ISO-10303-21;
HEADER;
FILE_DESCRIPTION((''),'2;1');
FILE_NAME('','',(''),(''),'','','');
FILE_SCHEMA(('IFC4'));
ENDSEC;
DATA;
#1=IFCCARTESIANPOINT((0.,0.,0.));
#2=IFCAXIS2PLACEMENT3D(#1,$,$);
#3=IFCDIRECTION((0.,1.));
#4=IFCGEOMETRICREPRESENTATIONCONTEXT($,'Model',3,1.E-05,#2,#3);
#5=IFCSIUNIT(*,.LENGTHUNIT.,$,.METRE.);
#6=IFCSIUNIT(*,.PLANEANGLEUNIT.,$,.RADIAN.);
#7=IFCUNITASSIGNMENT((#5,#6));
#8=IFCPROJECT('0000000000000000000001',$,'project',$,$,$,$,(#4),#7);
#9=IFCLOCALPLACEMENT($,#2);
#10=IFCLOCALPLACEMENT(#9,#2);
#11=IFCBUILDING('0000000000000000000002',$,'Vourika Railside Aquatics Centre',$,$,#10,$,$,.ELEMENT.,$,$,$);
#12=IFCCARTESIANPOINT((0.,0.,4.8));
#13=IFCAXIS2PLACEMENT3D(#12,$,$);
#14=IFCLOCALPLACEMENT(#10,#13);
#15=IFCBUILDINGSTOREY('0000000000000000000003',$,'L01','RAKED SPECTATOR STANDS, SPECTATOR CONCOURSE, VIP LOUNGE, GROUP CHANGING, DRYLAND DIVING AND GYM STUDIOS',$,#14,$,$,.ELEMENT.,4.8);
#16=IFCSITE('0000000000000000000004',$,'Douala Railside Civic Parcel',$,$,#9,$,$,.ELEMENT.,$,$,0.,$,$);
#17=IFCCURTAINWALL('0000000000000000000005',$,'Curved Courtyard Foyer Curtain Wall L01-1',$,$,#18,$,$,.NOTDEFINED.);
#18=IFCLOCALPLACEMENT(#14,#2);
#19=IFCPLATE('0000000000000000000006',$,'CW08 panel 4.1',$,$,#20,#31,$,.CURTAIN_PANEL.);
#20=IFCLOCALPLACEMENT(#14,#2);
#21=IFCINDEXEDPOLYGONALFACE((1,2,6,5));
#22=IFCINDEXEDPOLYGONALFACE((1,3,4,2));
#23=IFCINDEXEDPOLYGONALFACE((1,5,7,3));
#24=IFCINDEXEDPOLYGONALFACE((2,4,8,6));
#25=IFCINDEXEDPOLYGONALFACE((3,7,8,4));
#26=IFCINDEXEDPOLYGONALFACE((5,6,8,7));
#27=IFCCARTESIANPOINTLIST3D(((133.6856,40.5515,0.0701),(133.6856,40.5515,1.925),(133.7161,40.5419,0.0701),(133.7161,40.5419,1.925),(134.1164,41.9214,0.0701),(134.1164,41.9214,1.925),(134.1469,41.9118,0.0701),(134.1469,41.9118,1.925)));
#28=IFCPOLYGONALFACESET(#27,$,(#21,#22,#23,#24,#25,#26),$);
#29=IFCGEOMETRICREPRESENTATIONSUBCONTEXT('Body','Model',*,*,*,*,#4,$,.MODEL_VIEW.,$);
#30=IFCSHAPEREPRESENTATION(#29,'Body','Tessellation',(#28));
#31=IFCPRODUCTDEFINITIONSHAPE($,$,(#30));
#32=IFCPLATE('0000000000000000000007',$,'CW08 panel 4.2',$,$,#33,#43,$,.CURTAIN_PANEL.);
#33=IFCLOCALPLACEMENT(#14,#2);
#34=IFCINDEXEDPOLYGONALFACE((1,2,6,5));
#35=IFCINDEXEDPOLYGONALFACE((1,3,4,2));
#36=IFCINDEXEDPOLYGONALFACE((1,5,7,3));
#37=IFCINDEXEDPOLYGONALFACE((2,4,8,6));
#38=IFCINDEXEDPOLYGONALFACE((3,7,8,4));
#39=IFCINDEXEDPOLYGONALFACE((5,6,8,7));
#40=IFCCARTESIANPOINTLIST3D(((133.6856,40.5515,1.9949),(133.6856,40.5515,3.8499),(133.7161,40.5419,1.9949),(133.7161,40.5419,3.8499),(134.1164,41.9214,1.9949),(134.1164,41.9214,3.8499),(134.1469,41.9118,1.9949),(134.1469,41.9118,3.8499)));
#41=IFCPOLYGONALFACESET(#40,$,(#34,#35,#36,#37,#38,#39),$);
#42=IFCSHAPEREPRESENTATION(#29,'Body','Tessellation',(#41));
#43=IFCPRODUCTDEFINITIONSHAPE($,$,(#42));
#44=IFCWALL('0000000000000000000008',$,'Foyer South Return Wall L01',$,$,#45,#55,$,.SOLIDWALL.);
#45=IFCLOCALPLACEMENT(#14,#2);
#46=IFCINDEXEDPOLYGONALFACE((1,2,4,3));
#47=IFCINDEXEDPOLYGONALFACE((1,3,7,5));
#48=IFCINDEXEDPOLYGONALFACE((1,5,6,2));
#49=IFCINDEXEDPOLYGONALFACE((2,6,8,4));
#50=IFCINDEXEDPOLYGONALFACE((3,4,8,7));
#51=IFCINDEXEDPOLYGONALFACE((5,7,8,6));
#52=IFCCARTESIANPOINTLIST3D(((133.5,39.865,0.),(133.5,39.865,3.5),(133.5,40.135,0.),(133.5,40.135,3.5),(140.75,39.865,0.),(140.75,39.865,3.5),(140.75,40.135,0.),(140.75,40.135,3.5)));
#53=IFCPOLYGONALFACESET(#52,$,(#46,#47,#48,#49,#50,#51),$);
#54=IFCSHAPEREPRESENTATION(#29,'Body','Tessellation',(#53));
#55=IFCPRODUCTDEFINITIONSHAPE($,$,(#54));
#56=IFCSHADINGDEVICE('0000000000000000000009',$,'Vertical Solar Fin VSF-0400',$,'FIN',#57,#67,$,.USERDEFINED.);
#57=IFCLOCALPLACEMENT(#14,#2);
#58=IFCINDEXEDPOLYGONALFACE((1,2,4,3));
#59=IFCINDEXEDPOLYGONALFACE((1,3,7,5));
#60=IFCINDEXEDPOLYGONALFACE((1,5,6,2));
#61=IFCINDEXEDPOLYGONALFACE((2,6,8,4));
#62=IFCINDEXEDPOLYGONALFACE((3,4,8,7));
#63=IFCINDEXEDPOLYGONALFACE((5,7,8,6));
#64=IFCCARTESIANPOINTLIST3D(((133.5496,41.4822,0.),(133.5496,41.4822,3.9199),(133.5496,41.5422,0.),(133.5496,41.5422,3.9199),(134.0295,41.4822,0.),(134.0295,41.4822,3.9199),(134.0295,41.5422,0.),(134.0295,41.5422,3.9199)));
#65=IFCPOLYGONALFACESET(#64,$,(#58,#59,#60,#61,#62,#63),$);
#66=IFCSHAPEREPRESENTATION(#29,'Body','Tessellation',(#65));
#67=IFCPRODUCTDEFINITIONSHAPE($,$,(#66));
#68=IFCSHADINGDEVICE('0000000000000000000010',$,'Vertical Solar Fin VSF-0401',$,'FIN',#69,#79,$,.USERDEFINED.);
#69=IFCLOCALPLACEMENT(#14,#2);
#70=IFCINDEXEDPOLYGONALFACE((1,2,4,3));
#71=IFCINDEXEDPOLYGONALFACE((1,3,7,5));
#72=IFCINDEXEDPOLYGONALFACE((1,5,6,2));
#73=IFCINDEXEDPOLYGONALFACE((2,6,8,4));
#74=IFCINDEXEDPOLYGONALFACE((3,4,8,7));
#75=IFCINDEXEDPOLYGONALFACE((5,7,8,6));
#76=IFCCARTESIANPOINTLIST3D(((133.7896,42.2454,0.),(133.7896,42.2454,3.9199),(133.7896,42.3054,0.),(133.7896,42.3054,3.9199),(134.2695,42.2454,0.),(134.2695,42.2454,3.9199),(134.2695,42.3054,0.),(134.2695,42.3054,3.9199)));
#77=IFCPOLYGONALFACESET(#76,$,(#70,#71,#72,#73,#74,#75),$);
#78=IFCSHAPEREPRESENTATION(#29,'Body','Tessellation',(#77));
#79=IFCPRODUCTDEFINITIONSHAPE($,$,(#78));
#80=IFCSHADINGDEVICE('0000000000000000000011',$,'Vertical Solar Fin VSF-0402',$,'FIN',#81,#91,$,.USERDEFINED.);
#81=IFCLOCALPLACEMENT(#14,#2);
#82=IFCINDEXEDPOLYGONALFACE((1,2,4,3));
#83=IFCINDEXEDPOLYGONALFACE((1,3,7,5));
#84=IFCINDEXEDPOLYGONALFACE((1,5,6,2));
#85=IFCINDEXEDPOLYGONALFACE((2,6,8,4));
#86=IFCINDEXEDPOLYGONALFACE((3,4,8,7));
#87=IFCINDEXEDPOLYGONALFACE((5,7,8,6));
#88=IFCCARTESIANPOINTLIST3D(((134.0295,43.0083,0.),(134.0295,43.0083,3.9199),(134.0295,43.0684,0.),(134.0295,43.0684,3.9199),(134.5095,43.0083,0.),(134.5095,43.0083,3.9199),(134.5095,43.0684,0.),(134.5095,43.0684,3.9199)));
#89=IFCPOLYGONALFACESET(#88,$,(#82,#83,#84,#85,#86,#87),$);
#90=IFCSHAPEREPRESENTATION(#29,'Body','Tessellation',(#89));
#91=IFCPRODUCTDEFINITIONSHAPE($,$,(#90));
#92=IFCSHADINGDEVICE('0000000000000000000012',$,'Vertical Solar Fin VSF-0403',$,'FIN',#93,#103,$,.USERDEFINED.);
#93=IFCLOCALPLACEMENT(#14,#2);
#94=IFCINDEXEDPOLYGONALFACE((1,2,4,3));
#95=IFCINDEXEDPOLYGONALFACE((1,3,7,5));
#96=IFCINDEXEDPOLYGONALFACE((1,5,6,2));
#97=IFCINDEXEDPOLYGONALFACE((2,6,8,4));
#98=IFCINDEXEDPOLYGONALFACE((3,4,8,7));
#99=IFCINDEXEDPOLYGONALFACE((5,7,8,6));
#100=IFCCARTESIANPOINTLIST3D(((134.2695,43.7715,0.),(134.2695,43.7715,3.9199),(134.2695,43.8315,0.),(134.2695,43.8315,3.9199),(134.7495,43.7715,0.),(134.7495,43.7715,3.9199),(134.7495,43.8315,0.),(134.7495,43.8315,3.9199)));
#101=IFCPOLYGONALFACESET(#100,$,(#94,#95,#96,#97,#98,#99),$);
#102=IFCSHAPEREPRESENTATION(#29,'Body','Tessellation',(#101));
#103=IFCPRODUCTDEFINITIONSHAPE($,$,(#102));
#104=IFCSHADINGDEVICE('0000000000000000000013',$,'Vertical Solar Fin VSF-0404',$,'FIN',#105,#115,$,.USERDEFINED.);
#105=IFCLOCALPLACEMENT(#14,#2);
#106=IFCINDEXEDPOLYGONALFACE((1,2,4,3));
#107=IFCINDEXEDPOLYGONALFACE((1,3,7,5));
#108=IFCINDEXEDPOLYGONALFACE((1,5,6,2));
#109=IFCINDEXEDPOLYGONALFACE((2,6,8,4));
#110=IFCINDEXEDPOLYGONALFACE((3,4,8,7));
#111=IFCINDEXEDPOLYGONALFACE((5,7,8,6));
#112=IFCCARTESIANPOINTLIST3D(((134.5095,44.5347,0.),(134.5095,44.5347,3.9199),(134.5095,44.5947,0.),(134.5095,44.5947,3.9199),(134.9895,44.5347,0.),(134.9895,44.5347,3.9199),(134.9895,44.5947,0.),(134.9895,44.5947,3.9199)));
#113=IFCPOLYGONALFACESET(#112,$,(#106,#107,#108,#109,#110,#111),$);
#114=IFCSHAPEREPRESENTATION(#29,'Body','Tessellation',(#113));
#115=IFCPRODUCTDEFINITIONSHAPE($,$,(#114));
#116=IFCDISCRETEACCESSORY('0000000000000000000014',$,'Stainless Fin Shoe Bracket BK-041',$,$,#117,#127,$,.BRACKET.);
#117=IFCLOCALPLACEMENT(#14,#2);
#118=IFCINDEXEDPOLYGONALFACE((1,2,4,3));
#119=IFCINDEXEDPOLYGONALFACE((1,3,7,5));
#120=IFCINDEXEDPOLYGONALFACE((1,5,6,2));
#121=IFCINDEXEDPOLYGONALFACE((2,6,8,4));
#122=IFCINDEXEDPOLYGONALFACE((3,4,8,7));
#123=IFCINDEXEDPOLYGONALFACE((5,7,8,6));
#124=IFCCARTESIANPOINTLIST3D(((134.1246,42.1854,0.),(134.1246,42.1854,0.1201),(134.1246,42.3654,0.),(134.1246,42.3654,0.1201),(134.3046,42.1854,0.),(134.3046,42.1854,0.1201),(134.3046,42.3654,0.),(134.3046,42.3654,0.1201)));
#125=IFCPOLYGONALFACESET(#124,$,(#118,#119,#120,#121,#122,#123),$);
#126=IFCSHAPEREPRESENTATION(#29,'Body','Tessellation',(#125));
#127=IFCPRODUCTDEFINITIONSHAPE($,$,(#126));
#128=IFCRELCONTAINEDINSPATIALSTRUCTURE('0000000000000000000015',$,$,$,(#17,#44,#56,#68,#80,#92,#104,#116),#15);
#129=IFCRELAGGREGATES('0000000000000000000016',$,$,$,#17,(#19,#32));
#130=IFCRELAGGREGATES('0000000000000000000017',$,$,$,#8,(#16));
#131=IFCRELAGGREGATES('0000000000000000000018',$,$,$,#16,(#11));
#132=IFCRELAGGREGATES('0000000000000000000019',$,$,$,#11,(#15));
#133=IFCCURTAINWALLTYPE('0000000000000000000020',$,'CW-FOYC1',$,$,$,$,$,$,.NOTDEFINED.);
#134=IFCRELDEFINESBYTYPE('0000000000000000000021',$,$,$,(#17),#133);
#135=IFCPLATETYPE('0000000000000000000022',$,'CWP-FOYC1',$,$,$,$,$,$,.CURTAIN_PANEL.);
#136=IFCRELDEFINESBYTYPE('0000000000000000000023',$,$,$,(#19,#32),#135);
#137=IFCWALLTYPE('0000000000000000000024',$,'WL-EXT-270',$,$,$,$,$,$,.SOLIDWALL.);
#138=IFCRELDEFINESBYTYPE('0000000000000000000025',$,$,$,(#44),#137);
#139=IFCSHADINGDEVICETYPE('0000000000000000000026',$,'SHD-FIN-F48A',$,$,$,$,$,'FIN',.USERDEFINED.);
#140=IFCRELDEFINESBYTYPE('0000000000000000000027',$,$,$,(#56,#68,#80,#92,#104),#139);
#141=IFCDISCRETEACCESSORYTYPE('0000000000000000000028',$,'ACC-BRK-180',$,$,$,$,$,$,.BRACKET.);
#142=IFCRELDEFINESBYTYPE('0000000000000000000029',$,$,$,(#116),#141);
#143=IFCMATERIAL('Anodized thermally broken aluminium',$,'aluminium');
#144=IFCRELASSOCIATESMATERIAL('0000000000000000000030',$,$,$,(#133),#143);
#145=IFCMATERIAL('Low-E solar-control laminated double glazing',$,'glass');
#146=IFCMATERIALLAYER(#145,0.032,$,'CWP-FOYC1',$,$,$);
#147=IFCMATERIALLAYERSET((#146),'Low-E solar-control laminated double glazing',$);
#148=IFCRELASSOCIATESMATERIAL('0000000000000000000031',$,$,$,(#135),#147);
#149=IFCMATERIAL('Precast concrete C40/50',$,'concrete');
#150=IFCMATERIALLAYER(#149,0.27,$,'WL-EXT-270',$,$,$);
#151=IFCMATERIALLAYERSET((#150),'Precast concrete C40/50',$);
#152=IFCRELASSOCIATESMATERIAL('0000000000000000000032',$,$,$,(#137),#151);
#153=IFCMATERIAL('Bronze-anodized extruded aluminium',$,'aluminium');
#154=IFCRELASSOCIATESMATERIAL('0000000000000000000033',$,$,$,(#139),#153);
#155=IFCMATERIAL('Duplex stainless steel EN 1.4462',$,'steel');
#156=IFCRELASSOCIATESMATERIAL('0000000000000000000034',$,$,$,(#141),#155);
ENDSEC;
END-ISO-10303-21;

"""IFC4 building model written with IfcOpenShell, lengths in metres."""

from ifc_helpers import new_model, si_unit, direction, frame, frame_2d, origin, origin_2d, place, context, subcontext, project, spatial, rectangle, extrude, material, layer, layer_set, material_profile, profile_set, type_object, element, aggregate, save


model = new_model("IFC4")

# Units and contexts
model_context = context("Model", 3, precision=1e-05, world=origin(), true_north=direction((0.0, 1.0)))
body_context = subcontext(model_context, "Body", "Model", "MODEL_VIEW")
ifc_project = project(units=[si_unit("LENGTHUNIT", "METRE"), si_unit("PLANEANGLEUNIT", "RADIAN")], contexts=[model_context])

# Site, building, storey
site_placement = place(None, origin())
site = spatial("IfcSite", under=ifc_project, at=site_placement, Name="Douala Railside Civic Parcel", CompositionType="ELEMENT", RefElevation=0.0)
building_placement = place(site_placement, origin())
building = spatial("IfcBuilding", under=site, at=building_placement, Name="Vourika Railside Aquatics Centre", CompositionType="ELEMENT")
storey_placement = place(building_placement, frame((0.0, 0.0, 4.8)))
storey = spatial("IfcBuildingStorey", under=building, at=storey_placement, Name="L01", Description="RAKED SPECTATOR STANDS, SPECTATOR CONCOURSE, VIP LOUNGE, GROUP CHANGING, DRYLAND DIVING AND GYM STUDIOS", CompositionType="ELEMENT", Elevation=4.8)

# Curtain wall, plates
ifc_material_1 = material(Name="Anodized thermally broken aluminium", Category="aluminium")
curtain_wall_type = type_object("IfcCurtainWallType", Name="CW-FOYC1", PredefinedType="NOTDEFINED", material=ifc_material_1)
curtain_wall_placement = place(storey_placement, origin())
curtain_wall = element("IfcCurtainWall", 1, at=curtain_wall_placement, inside=storey, type_object=curtain_wall_type, Name="Curved Courtyard Foyer Curtain Wall L01-1", PredefinedType="NOTDEFINED")
ifc_material_2 = material(Name="Low-E solar-control laminated double glazing", Category="glass")
ifc_layer_1 = layer(ifc_material_2, 0.032, Name="CWP-FOYC1")
ifc_layer_set_1 = layer_set([ifc_layer_1], Name="Low-E solar-control laminated double glazing")
plate_type = type_object("IfcPlateType", Name="CWP-FOYC1", PredefinedType="CURTAIN_PANEL", material=ifc_layer_set_1)
plate_1_placement = place(storey_placement, frame((133.9163, 41.2317, 0.0701), z_axis=(0.0, 0.0, 1.0), x_axis=(-0.299974, -0.953947, 0.0)))
plate_1 = element("IfcPlate", 2, at=plate_1_placement, type_object=plate_type, Name="CW08 panel 4.1", PredefinedType="CURTAIN_PANEL", context=body_context, shape_type="SweptSolid", body=[
    extrude(rectangle(XDim=1.436, YDim=0.032, at=origin_2d()), origin(), (0.0, 0.0, 1.0), 1.855),
])
plate_2_placement = place(storey_placement, frame((133.9163, 41.2317, 1.9949), z_axis=(0.0, 0.0, 1.0), x_axis=(-0.299974, -0.953947, 0.0)))
plate_2 = element("IfcPlate", 3, at=plate_2_placement, type_object=plate_type, Name="CW08 panel 4.2", PredefinedType="CURTAIN_PANEL", context=body_context, shape_type="SweptSolid", body=[
    extrude(rectangle(XDim=1.436, YDim=0.032, at=origin_2d()), origin(), (0.0, 0.0, 1.0), 1.855),
])
aggregate(curtain_wall, [plate_1, plate_2])

# Wall
ifc_material_3 = material(Name="Precast concrete C40/50", Category="concrete")
ifc_layer_2 = layer(ifc_material_3, 0.27, Name="WL-EXT-270")
ifc_layer_set_2 = layer_set([ifc_layer_2], Name="Precast concrete C40/50")
wall_type = type_object("IfcWallType", Name="WL-EXT-270", PredefinedType="SOLIDWALL", material=ifc_layer_set_2)
wall_placement = place(storey_placement, frame((133.5, 40.0, 0.0), z_axis=(0.0, 0.0, 1.0), x_axis=(1.0, 0.0, 0.0)))
element("IfcWall", 4, at=wall_placement, inside=storey, type_object=wall_type, Name="Foyer South Return Wall L01", PredefinedType="SOLIDWALL", context=body_context, shape_type="SweptSolid", body=[
    extrude(rectangle(XDim=7.25, YDim=0.27, at=frame_2d((3.625, 0.0))), origin(), (0.0, 0.0, 1.0), 3.5),
])

# Shading devices
ifc_material_4 = material(Name="Bronze-anodized extruded aluminium", Category="aluminium")
ifc_material_profile_1 = material_profile(ifc_material_4, rectangle(XDim=0.0601, YDim=0.48, at=origin_2d()), Name="ALU-FIN 60x480")
ifc_profile_set_1 = profile_set([ifc_material_profile_1], Name="Bronze-anodized extruded aluminium")
shading_device_type = type_object("IfcShadingDeviceType", Name="SHD-FIN-F48A", ElementType="FIN", PredefinedType="USERDEFINED", material=ifc_profile_set_1)
for number, where, z_axis, x_axis, name in (
    (5, (133.7896, 41.5122, 0.0), (0.0, 0.0, 1.0), (0.0, 1.0, 0.0), "Vertical Solar Fin VSF-0400"),
    (6, (134.0295, 42.2754, 0.0), (0.0, 0.0, 1.0), (0.0, 1.0, 0.0), "Vertical Solar Fin VSF-0401"),
    (7, (134.2695, 43.0383, 0.0), (0.0, 0.0, 1.0), (0.0, 1.0, 0.0), "Vertical Solar Fin VSF-0402"),
    (8, (134.5095, 43.8015, 0.0), (0.0, 0.0, 1.0), (0.0, 1.0, 0.0), "Vertical Solar Fin VSF-0403"),
    (9, (134.7495, 44.5647, 0.0), (0.0, 0.0, 1.0), (0.0, 1.0, 0.0), "Vertical Solar Fin VSF-0404"),
):
    element("IfcShadingDevice", number, at=place(storey_placement, frame(where, z_axis=z_axis, x_axis=x_axis)), inside=storey, type_object=shading_device_type, Name=name, ObjectType="FIN", PredefinedType="USERDEFINED", context=body_context, shape_type="SweptSolid", body=[
        extrude(rectangle(XDim=0.0601, YDim=0.48, at=origin_2d()), origin(), (0.0, 0.0, 1.0), 3.9199),
    ])

# Discrete accessory
ifc_material_5 = material(Name="Duplex stainless steel EN 1.4462", Category="steel")
discrete_accessory_type = type_object("IfcDiscreteAccessoryType", Name="ACC-BRK-180", PredefinedType="BRACKET", material=ifc_material_5)
discrete_accessory_placement = place(storey_placement, frame((134.2146, 42.2754, 0.0), z_axis=(0.0, 0.0, 1.0), x_axis=(-1.0, 0.0, 0.0)))
element("IfcDiscreteAccessory", 10, at=discrete_accessory_placement, inside=storey, type_object=discrete_accessory_type, Name="Stainless Fin Shoe Bracket BK-041", PredefinedType="BRACKET", context=body_context, shape_type="SweptSolid", body=[
    extrude(rectangle(XDim=0.1799, YDim=0.1799, at=origin_2d()), origin(), (0.0, 0.0, 1.0), 0.1201),
])

save(model, "model.ifc")
